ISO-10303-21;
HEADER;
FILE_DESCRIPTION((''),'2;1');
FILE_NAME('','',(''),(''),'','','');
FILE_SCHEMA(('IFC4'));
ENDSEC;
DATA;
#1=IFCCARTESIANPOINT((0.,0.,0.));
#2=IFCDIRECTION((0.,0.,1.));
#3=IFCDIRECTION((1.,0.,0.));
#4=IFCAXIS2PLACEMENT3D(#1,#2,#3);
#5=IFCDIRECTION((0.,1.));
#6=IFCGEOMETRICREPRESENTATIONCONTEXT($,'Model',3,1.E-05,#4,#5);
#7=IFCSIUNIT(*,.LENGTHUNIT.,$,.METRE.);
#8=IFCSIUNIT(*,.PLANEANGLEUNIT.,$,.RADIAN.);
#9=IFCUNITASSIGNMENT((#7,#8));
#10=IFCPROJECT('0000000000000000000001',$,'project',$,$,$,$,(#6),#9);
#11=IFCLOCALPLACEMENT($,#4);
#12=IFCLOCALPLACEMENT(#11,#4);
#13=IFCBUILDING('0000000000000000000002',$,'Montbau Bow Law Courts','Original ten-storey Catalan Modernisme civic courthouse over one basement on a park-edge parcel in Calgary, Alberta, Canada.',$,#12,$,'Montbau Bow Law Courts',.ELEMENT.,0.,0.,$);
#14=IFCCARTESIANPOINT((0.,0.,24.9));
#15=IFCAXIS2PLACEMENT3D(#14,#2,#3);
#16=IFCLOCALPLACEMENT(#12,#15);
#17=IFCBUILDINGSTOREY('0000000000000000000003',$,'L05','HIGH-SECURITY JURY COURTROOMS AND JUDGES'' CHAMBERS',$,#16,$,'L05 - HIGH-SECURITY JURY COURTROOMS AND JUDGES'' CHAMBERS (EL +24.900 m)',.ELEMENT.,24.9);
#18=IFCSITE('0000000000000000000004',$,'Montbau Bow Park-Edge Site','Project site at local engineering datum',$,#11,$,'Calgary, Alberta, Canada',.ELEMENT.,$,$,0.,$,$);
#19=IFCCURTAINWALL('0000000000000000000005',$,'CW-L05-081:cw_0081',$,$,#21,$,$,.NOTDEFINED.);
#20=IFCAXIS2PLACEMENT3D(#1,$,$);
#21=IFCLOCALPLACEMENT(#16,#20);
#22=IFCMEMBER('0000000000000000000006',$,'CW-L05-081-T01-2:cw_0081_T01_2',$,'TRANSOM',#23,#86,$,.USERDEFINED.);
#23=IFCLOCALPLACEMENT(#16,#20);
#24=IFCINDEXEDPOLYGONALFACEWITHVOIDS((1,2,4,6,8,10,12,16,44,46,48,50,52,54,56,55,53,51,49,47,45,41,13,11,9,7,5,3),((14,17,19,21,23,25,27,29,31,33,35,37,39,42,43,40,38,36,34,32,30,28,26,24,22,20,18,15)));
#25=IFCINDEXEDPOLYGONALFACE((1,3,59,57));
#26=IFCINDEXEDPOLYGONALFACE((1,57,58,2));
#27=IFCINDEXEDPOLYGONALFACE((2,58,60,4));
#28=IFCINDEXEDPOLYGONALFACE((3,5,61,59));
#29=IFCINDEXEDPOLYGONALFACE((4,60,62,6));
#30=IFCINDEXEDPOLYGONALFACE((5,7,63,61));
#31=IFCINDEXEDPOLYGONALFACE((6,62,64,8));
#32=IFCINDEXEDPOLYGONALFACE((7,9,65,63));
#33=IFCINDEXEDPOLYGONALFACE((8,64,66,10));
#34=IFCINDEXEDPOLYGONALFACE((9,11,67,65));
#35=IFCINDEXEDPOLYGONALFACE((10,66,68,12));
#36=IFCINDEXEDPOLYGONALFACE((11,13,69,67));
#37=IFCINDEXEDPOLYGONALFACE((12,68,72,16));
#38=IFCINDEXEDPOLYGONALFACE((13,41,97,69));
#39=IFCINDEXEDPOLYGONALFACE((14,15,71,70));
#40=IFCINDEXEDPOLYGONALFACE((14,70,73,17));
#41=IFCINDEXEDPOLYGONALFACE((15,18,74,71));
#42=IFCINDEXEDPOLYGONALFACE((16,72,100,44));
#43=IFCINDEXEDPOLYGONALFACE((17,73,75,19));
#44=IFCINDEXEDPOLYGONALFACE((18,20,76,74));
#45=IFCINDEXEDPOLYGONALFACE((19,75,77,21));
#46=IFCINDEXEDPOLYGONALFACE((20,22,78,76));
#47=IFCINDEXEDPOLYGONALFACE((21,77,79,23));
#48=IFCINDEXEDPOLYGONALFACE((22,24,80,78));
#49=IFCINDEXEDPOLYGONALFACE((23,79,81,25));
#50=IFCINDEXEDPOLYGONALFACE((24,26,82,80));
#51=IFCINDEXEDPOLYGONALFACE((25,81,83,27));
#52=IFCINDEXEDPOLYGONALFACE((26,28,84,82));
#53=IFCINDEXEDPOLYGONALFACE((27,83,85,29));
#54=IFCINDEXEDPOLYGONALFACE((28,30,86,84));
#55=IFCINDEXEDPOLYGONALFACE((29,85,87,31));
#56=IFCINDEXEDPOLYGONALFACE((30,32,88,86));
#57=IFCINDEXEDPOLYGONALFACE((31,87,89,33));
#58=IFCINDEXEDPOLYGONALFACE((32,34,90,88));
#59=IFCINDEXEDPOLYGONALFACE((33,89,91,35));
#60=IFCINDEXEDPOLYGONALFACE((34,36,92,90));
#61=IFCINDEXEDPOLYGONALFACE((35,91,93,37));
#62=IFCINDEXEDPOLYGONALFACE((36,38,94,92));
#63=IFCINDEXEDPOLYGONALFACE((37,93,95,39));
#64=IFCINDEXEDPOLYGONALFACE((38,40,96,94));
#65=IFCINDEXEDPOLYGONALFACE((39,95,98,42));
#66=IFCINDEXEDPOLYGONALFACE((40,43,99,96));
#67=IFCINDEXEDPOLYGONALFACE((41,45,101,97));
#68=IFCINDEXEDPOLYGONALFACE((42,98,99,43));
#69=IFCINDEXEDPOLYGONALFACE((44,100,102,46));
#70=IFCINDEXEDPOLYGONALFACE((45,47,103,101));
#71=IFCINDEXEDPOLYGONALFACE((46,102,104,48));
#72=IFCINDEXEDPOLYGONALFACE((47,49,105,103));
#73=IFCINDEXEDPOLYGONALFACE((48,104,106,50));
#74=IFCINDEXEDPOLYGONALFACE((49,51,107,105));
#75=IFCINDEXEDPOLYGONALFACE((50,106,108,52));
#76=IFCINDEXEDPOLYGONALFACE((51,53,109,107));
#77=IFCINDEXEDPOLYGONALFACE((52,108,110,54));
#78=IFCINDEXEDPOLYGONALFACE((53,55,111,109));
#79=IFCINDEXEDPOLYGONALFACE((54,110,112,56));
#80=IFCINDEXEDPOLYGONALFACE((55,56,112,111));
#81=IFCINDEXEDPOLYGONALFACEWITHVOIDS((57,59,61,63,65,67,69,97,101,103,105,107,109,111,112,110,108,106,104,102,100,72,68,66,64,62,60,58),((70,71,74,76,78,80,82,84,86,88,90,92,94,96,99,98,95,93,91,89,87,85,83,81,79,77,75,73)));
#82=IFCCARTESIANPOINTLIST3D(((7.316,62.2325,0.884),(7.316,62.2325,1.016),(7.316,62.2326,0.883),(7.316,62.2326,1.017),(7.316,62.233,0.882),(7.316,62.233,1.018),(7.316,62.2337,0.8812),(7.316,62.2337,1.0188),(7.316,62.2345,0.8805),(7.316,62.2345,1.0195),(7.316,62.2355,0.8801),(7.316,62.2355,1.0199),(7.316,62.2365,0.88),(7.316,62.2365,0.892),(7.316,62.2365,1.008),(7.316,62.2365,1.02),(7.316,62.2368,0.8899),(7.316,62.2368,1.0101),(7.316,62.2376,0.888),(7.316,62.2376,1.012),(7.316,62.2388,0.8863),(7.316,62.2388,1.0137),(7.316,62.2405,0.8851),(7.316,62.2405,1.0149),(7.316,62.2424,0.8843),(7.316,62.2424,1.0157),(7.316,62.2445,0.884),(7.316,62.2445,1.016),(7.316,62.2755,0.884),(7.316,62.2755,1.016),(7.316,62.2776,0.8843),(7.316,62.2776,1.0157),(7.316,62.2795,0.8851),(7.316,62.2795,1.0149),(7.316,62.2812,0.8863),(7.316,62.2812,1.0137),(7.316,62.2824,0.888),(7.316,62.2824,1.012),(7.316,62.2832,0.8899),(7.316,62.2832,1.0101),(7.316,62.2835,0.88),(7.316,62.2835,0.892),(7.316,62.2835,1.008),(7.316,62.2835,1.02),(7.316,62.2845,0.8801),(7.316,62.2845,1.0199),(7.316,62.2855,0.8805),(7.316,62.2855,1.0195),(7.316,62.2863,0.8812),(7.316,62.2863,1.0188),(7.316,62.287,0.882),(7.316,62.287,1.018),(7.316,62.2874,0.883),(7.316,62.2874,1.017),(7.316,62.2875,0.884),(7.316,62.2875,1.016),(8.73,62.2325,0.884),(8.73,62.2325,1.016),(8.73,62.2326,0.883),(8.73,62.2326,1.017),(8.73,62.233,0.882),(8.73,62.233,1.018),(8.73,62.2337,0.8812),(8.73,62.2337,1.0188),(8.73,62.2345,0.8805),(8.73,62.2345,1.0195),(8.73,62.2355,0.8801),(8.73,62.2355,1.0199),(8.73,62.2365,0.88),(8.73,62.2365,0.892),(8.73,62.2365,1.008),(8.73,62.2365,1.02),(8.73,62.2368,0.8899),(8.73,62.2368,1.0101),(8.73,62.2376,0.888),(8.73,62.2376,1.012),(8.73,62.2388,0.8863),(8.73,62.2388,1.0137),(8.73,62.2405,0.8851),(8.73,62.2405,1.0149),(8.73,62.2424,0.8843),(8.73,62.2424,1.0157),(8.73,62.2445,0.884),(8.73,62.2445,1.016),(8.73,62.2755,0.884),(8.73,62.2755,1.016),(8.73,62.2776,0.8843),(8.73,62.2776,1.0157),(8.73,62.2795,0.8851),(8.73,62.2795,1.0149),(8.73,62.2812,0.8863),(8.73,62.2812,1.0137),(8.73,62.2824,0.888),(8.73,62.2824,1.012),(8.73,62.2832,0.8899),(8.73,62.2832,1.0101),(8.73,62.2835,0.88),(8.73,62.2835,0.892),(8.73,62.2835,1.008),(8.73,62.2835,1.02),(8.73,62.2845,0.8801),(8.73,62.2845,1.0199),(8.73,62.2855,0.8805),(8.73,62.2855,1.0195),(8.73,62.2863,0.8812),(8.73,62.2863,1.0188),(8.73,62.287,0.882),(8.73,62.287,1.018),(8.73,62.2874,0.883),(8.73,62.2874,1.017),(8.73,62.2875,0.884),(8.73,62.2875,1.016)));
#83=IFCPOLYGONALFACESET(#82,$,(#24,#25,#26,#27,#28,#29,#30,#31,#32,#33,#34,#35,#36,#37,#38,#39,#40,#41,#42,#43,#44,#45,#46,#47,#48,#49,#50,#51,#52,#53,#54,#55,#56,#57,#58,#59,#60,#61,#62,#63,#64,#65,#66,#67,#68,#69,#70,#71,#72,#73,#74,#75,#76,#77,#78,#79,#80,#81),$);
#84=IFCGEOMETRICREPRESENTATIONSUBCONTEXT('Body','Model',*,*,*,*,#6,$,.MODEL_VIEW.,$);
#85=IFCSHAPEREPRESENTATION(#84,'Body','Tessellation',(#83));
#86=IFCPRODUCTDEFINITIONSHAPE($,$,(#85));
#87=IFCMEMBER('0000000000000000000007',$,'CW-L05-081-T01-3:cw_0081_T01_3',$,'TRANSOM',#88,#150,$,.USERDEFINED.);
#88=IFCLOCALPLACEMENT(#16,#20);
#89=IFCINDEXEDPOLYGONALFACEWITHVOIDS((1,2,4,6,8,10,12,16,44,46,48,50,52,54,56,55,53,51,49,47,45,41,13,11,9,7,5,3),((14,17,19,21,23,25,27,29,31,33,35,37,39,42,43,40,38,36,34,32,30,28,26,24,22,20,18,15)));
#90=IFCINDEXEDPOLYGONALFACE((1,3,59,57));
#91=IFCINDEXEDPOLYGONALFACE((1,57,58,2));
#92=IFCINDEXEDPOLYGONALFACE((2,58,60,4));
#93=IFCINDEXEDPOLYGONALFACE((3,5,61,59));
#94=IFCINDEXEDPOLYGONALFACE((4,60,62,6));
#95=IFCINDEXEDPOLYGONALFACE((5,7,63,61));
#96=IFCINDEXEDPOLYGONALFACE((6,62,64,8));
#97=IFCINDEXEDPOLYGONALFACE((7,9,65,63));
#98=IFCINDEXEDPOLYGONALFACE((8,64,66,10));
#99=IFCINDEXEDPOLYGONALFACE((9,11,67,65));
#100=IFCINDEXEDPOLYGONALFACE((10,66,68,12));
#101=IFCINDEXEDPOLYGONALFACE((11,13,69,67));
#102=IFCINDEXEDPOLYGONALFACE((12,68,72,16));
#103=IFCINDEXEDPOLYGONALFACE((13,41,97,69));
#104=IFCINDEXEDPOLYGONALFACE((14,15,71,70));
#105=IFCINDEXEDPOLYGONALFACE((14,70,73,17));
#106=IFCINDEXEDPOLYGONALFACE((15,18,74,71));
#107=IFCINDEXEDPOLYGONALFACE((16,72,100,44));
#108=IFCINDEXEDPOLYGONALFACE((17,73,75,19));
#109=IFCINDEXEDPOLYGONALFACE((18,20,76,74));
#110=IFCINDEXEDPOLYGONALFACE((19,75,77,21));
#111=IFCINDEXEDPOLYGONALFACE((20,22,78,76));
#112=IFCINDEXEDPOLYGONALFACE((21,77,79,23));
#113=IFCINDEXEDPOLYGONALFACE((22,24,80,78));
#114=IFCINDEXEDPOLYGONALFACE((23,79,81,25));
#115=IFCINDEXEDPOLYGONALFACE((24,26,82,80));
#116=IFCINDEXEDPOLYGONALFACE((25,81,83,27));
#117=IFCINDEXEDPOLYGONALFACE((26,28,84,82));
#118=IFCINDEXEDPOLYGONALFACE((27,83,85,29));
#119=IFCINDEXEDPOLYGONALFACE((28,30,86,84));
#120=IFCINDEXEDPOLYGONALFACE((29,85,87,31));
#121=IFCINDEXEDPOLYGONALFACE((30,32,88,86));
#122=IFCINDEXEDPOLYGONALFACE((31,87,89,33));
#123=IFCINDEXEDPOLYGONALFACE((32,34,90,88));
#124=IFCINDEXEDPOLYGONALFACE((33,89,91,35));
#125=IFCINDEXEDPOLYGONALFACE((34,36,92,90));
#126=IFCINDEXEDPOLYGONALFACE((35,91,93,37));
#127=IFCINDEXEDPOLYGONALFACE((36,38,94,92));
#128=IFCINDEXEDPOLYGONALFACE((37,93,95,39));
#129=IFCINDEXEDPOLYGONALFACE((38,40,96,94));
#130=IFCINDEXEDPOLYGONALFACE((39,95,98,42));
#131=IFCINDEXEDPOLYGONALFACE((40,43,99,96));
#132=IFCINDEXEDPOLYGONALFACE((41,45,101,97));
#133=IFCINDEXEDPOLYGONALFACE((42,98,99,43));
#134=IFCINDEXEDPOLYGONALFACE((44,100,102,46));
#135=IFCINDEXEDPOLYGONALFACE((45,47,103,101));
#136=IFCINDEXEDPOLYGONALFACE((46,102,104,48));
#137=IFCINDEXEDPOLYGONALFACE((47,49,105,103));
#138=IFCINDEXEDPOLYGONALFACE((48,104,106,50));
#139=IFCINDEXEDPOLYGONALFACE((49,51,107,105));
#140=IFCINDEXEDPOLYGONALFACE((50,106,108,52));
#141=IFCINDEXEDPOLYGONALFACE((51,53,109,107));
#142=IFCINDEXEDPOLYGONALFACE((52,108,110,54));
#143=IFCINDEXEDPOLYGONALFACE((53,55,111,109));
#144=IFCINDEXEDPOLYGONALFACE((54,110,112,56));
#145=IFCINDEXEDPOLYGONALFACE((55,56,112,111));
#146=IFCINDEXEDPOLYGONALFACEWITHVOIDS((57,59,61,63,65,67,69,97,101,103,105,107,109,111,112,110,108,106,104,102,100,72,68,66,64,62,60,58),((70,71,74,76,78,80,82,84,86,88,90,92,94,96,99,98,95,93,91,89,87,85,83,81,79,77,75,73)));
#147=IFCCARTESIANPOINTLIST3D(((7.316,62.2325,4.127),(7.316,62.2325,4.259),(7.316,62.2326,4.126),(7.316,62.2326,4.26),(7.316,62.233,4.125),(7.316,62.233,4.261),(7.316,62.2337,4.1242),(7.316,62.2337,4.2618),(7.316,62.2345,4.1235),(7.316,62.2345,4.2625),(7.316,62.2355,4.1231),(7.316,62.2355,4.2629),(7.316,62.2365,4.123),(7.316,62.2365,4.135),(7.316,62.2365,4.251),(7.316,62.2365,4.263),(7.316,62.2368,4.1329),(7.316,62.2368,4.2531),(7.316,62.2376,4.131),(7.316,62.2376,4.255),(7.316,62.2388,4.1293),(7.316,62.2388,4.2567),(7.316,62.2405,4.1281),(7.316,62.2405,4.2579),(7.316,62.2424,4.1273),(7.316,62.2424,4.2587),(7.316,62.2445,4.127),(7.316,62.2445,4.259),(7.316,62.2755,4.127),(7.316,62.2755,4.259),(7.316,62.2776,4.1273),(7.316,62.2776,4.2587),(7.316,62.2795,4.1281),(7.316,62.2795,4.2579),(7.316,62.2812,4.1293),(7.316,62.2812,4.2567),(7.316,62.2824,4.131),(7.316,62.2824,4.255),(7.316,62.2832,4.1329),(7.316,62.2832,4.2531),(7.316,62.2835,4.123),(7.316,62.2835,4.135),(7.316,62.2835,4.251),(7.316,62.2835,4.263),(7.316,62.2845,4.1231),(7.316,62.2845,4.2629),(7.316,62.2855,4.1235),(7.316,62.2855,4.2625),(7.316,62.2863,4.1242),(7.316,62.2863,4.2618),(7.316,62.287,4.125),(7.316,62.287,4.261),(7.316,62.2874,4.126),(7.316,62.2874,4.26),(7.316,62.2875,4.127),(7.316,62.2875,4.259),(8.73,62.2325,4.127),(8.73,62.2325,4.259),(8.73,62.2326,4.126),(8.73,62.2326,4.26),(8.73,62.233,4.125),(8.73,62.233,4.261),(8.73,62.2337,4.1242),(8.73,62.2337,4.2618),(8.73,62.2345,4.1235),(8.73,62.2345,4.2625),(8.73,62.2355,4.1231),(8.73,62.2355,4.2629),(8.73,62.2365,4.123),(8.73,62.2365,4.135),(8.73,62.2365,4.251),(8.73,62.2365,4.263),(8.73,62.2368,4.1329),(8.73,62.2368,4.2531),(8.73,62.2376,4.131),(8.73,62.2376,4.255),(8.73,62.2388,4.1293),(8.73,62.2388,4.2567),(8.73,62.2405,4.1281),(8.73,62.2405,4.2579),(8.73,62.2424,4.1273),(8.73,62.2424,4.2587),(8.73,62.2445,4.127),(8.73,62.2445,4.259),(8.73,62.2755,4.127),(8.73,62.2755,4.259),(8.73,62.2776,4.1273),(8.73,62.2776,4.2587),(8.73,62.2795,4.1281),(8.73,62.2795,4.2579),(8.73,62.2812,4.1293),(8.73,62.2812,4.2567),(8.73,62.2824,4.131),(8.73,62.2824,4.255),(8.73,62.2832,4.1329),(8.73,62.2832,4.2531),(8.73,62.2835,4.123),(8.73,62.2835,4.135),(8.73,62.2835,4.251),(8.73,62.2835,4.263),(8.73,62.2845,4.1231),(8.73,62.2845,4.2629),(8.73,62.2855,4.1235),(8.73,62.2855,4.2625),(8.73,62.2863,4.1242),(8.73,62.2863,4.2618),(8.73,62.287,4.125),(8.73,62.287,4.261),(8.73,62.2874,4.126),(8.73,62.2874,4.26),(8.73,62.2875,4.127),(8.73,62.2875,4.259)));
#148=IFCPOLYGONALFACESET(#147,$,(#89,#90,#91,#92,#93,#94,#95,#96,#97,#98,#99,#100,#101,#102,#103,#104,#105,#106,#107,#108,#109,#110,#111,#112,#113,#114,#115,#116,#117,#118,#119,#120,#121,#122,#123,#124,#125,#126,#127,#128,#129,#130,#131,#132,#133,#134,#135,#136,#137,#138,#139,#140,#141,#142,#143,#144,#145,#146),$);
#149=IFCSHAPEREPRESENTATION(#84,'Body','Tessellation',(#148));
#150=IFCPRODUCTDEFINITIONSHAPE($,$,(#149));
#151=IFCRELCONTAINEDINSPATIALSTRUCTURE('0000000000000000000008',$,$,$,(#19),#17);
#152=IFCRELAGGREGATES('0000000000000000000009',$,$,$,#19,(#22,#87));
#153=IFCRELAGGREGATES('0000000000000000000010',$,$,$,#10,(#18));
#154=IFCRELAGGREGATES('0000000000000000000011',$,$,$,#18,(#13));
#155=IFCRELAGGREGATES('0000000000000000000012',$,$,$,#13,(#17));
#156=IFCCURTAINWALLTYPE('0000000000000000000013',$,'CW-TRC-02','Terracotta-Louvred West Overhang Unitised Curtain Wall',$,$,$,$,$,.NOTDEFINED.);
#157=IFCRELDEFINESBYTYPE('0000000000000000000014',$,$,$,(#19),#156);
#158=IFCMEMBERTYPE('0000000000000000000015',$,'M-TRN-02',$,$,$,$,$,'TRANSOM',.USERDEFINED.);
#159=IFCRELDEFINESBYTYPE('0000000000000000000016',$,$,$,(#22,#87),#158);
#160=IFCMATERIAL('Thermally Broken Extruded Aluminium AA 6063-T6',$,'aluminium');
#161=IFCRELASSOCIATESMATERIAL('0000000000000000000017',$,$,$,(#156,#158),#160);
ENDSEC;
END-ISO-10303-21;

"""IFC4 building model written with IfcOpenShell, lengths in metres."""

from ifc_helpers import new_model, si_unit, direction, frame, origin_with_axes, origin_2d_with_axis, place, context, subcontext, project, spatial, hollow_rectangle, extrude, material, material_profile, profile_set, type_object, element, aggregate, save


model = new_model("IFC4")

# Units and contexts
model_context = context("Model", 3, precision=1e-05, world=origin_with_axes(), true_north=direction((0.0, 1.0)))
body_context = subcontext(model_context, "Body", "Model", "MODEL_VIEW")
ifc_project = project(units=[si_unit("LENGTHUNIT", "METRE"), si_unit("PLANEANGLEUNIT", "RADIAN")], contexts=[model_context])

# Site, building, storey
site_placement = place(None, origin_with_axes())
site = spatial("IfcSite", under=ifc_project, at=site_placement, Name="Montbau Bow Park-Edge Site", Description="Project site at local engineering datum", LongName="Calgary, Alberta, Canada", CompositionType="ELEMENT", RefElevation=0.0)
building_placement = place(site_placement, origin_with_axes())
building = spatial("IfcBuilding", under=site, at=building_placement, Name="Montbau Bow Law Courts", Description="Original ten-storey Catalan Modernisme civic courthouse over one basement on a park-edge parcel in Calgary, Alberta, Canada.", LongName="Montbau Bow Law Courts", CompositionType="ELEMENT", ElevationOfRefHeight=0.0, ElevationOfTerrain=0.0)
storey_placement = place(building_placement, frame((0.0, 0.0, 24.9), z_axis=(0.0, 0.0, 1.0), x_axis=(1.0, 0.0, 0.0)))
storey = spatial("IfcBuildingStorey", under=building, at=storey_placement, Name="L05", Description="HIGH-SECURITY JURY COURTROOMS AND JUDGES' CHAMBERS", LongName="L05 - HIGH-SECURITY JURY COURTROOMS AND JUDGES' CHAMBERS (EL +24.900 m)", CompositionType="ELEMENT", Elevation=24.9)

# Curtain wall, members
ifc_material_1 = material(Name="Thermally Broken Extruded Aluminium AA 6063-T6", Category="aluminium")
curtain_wall_type = type_object("IfcCurtainWallType", Name="CW-TRC-02", Description="Terracotta-Louvred West Overhang Unitised Curtain Wall", PredefinedType="NOTDEFINED", material=ifc_material_1)
curtain_wall_placement = place(None, frame((7.24, 62.26, 24.9), z_axis=(0.0, 0.0, 1.0), x_axis=(1.0, 0.0, 0.0)))
curtain_wall = element("IfcCurtainWall", 1, at=curtain_wall_placement, inside=storey, type_object=curtain_wall_type, Name="CW-L05-081:cw_0081", PredefinedType="NOTDEFINED")
ifc_material_profile = material_profile(ifc_material_1, hollow_rectangle(XDim=0.055, YDim=0.14, WallThickness=0.004, InnerFilletRadius=0.008, OuterFilletRadius=0.004, at=origin_2d_with_axis()), Name="CWT-140X55", Category="Main", Priority=0)
ifc_profile_set = profile_set([ifc_material_profile], Name="Thermally Broken Extruded Aluminium AA 6063-T6")
member_type = type_object("IfcMemberType", Name="M-TRN-02", ElementType="TRANSOM", PredefinedType="USERDEFINED", material=ifc_profile_set)
member_1_placement = place(None, frame((7.316, 62.26, 25.85), z_axis=(1.0, 0.0, 0.0), x_axis=(0.0, 1.0, 0.0)))
member_1 = element("IfcMember", 2, at=member_1_placement, type_object=member_type, Name="CW-L05-081-T01-2:cw_0081_T01_2", ObjectType="TRANSOM", PredefinedType="USERDEFINED", context=body_context, shape_type="SweptSolid", body=[
    extrude(hollow_rectangle(XDim=0.055, YDim=0.14, WallThickness=0.004, InnerFilletRadius=0.008, OuterFilletRadius=0.004, at=origin_2d_with_axis()), origin_with_axes(), (0.0, 0.0, 1.0), 1.414),
])
member_2_placement = place(None, frame((7.316, 62.26, 29.093), z_axis=(1.0, 0.0, 0.0), x_axis=(0.0, 1.0, 0.0)))
member_2 = element("IfcMember", 3, at=member_2_placement, type_object=member_type, Name="CW-L05-081-T01-3:cw_0081_T01_3", ObjectType="TRANSOM", PredefinedType="USERDEFINED", context=body_context, shape_type="SweptSolid", body=[
    extrude(hollow_rectangle(XDim=0.055, YDim=0.14, WallThickness=0.004, InnerFilletRadius=0.008, OuterFilletRadius=0.004, at=origin_2d_with_axis()), origin_with_axes(), (0.0, 0.0, 1.0), 1.414),
])
aggregate(curtain_wall, [member_1, member_2])

save(model, "model.ifc")
